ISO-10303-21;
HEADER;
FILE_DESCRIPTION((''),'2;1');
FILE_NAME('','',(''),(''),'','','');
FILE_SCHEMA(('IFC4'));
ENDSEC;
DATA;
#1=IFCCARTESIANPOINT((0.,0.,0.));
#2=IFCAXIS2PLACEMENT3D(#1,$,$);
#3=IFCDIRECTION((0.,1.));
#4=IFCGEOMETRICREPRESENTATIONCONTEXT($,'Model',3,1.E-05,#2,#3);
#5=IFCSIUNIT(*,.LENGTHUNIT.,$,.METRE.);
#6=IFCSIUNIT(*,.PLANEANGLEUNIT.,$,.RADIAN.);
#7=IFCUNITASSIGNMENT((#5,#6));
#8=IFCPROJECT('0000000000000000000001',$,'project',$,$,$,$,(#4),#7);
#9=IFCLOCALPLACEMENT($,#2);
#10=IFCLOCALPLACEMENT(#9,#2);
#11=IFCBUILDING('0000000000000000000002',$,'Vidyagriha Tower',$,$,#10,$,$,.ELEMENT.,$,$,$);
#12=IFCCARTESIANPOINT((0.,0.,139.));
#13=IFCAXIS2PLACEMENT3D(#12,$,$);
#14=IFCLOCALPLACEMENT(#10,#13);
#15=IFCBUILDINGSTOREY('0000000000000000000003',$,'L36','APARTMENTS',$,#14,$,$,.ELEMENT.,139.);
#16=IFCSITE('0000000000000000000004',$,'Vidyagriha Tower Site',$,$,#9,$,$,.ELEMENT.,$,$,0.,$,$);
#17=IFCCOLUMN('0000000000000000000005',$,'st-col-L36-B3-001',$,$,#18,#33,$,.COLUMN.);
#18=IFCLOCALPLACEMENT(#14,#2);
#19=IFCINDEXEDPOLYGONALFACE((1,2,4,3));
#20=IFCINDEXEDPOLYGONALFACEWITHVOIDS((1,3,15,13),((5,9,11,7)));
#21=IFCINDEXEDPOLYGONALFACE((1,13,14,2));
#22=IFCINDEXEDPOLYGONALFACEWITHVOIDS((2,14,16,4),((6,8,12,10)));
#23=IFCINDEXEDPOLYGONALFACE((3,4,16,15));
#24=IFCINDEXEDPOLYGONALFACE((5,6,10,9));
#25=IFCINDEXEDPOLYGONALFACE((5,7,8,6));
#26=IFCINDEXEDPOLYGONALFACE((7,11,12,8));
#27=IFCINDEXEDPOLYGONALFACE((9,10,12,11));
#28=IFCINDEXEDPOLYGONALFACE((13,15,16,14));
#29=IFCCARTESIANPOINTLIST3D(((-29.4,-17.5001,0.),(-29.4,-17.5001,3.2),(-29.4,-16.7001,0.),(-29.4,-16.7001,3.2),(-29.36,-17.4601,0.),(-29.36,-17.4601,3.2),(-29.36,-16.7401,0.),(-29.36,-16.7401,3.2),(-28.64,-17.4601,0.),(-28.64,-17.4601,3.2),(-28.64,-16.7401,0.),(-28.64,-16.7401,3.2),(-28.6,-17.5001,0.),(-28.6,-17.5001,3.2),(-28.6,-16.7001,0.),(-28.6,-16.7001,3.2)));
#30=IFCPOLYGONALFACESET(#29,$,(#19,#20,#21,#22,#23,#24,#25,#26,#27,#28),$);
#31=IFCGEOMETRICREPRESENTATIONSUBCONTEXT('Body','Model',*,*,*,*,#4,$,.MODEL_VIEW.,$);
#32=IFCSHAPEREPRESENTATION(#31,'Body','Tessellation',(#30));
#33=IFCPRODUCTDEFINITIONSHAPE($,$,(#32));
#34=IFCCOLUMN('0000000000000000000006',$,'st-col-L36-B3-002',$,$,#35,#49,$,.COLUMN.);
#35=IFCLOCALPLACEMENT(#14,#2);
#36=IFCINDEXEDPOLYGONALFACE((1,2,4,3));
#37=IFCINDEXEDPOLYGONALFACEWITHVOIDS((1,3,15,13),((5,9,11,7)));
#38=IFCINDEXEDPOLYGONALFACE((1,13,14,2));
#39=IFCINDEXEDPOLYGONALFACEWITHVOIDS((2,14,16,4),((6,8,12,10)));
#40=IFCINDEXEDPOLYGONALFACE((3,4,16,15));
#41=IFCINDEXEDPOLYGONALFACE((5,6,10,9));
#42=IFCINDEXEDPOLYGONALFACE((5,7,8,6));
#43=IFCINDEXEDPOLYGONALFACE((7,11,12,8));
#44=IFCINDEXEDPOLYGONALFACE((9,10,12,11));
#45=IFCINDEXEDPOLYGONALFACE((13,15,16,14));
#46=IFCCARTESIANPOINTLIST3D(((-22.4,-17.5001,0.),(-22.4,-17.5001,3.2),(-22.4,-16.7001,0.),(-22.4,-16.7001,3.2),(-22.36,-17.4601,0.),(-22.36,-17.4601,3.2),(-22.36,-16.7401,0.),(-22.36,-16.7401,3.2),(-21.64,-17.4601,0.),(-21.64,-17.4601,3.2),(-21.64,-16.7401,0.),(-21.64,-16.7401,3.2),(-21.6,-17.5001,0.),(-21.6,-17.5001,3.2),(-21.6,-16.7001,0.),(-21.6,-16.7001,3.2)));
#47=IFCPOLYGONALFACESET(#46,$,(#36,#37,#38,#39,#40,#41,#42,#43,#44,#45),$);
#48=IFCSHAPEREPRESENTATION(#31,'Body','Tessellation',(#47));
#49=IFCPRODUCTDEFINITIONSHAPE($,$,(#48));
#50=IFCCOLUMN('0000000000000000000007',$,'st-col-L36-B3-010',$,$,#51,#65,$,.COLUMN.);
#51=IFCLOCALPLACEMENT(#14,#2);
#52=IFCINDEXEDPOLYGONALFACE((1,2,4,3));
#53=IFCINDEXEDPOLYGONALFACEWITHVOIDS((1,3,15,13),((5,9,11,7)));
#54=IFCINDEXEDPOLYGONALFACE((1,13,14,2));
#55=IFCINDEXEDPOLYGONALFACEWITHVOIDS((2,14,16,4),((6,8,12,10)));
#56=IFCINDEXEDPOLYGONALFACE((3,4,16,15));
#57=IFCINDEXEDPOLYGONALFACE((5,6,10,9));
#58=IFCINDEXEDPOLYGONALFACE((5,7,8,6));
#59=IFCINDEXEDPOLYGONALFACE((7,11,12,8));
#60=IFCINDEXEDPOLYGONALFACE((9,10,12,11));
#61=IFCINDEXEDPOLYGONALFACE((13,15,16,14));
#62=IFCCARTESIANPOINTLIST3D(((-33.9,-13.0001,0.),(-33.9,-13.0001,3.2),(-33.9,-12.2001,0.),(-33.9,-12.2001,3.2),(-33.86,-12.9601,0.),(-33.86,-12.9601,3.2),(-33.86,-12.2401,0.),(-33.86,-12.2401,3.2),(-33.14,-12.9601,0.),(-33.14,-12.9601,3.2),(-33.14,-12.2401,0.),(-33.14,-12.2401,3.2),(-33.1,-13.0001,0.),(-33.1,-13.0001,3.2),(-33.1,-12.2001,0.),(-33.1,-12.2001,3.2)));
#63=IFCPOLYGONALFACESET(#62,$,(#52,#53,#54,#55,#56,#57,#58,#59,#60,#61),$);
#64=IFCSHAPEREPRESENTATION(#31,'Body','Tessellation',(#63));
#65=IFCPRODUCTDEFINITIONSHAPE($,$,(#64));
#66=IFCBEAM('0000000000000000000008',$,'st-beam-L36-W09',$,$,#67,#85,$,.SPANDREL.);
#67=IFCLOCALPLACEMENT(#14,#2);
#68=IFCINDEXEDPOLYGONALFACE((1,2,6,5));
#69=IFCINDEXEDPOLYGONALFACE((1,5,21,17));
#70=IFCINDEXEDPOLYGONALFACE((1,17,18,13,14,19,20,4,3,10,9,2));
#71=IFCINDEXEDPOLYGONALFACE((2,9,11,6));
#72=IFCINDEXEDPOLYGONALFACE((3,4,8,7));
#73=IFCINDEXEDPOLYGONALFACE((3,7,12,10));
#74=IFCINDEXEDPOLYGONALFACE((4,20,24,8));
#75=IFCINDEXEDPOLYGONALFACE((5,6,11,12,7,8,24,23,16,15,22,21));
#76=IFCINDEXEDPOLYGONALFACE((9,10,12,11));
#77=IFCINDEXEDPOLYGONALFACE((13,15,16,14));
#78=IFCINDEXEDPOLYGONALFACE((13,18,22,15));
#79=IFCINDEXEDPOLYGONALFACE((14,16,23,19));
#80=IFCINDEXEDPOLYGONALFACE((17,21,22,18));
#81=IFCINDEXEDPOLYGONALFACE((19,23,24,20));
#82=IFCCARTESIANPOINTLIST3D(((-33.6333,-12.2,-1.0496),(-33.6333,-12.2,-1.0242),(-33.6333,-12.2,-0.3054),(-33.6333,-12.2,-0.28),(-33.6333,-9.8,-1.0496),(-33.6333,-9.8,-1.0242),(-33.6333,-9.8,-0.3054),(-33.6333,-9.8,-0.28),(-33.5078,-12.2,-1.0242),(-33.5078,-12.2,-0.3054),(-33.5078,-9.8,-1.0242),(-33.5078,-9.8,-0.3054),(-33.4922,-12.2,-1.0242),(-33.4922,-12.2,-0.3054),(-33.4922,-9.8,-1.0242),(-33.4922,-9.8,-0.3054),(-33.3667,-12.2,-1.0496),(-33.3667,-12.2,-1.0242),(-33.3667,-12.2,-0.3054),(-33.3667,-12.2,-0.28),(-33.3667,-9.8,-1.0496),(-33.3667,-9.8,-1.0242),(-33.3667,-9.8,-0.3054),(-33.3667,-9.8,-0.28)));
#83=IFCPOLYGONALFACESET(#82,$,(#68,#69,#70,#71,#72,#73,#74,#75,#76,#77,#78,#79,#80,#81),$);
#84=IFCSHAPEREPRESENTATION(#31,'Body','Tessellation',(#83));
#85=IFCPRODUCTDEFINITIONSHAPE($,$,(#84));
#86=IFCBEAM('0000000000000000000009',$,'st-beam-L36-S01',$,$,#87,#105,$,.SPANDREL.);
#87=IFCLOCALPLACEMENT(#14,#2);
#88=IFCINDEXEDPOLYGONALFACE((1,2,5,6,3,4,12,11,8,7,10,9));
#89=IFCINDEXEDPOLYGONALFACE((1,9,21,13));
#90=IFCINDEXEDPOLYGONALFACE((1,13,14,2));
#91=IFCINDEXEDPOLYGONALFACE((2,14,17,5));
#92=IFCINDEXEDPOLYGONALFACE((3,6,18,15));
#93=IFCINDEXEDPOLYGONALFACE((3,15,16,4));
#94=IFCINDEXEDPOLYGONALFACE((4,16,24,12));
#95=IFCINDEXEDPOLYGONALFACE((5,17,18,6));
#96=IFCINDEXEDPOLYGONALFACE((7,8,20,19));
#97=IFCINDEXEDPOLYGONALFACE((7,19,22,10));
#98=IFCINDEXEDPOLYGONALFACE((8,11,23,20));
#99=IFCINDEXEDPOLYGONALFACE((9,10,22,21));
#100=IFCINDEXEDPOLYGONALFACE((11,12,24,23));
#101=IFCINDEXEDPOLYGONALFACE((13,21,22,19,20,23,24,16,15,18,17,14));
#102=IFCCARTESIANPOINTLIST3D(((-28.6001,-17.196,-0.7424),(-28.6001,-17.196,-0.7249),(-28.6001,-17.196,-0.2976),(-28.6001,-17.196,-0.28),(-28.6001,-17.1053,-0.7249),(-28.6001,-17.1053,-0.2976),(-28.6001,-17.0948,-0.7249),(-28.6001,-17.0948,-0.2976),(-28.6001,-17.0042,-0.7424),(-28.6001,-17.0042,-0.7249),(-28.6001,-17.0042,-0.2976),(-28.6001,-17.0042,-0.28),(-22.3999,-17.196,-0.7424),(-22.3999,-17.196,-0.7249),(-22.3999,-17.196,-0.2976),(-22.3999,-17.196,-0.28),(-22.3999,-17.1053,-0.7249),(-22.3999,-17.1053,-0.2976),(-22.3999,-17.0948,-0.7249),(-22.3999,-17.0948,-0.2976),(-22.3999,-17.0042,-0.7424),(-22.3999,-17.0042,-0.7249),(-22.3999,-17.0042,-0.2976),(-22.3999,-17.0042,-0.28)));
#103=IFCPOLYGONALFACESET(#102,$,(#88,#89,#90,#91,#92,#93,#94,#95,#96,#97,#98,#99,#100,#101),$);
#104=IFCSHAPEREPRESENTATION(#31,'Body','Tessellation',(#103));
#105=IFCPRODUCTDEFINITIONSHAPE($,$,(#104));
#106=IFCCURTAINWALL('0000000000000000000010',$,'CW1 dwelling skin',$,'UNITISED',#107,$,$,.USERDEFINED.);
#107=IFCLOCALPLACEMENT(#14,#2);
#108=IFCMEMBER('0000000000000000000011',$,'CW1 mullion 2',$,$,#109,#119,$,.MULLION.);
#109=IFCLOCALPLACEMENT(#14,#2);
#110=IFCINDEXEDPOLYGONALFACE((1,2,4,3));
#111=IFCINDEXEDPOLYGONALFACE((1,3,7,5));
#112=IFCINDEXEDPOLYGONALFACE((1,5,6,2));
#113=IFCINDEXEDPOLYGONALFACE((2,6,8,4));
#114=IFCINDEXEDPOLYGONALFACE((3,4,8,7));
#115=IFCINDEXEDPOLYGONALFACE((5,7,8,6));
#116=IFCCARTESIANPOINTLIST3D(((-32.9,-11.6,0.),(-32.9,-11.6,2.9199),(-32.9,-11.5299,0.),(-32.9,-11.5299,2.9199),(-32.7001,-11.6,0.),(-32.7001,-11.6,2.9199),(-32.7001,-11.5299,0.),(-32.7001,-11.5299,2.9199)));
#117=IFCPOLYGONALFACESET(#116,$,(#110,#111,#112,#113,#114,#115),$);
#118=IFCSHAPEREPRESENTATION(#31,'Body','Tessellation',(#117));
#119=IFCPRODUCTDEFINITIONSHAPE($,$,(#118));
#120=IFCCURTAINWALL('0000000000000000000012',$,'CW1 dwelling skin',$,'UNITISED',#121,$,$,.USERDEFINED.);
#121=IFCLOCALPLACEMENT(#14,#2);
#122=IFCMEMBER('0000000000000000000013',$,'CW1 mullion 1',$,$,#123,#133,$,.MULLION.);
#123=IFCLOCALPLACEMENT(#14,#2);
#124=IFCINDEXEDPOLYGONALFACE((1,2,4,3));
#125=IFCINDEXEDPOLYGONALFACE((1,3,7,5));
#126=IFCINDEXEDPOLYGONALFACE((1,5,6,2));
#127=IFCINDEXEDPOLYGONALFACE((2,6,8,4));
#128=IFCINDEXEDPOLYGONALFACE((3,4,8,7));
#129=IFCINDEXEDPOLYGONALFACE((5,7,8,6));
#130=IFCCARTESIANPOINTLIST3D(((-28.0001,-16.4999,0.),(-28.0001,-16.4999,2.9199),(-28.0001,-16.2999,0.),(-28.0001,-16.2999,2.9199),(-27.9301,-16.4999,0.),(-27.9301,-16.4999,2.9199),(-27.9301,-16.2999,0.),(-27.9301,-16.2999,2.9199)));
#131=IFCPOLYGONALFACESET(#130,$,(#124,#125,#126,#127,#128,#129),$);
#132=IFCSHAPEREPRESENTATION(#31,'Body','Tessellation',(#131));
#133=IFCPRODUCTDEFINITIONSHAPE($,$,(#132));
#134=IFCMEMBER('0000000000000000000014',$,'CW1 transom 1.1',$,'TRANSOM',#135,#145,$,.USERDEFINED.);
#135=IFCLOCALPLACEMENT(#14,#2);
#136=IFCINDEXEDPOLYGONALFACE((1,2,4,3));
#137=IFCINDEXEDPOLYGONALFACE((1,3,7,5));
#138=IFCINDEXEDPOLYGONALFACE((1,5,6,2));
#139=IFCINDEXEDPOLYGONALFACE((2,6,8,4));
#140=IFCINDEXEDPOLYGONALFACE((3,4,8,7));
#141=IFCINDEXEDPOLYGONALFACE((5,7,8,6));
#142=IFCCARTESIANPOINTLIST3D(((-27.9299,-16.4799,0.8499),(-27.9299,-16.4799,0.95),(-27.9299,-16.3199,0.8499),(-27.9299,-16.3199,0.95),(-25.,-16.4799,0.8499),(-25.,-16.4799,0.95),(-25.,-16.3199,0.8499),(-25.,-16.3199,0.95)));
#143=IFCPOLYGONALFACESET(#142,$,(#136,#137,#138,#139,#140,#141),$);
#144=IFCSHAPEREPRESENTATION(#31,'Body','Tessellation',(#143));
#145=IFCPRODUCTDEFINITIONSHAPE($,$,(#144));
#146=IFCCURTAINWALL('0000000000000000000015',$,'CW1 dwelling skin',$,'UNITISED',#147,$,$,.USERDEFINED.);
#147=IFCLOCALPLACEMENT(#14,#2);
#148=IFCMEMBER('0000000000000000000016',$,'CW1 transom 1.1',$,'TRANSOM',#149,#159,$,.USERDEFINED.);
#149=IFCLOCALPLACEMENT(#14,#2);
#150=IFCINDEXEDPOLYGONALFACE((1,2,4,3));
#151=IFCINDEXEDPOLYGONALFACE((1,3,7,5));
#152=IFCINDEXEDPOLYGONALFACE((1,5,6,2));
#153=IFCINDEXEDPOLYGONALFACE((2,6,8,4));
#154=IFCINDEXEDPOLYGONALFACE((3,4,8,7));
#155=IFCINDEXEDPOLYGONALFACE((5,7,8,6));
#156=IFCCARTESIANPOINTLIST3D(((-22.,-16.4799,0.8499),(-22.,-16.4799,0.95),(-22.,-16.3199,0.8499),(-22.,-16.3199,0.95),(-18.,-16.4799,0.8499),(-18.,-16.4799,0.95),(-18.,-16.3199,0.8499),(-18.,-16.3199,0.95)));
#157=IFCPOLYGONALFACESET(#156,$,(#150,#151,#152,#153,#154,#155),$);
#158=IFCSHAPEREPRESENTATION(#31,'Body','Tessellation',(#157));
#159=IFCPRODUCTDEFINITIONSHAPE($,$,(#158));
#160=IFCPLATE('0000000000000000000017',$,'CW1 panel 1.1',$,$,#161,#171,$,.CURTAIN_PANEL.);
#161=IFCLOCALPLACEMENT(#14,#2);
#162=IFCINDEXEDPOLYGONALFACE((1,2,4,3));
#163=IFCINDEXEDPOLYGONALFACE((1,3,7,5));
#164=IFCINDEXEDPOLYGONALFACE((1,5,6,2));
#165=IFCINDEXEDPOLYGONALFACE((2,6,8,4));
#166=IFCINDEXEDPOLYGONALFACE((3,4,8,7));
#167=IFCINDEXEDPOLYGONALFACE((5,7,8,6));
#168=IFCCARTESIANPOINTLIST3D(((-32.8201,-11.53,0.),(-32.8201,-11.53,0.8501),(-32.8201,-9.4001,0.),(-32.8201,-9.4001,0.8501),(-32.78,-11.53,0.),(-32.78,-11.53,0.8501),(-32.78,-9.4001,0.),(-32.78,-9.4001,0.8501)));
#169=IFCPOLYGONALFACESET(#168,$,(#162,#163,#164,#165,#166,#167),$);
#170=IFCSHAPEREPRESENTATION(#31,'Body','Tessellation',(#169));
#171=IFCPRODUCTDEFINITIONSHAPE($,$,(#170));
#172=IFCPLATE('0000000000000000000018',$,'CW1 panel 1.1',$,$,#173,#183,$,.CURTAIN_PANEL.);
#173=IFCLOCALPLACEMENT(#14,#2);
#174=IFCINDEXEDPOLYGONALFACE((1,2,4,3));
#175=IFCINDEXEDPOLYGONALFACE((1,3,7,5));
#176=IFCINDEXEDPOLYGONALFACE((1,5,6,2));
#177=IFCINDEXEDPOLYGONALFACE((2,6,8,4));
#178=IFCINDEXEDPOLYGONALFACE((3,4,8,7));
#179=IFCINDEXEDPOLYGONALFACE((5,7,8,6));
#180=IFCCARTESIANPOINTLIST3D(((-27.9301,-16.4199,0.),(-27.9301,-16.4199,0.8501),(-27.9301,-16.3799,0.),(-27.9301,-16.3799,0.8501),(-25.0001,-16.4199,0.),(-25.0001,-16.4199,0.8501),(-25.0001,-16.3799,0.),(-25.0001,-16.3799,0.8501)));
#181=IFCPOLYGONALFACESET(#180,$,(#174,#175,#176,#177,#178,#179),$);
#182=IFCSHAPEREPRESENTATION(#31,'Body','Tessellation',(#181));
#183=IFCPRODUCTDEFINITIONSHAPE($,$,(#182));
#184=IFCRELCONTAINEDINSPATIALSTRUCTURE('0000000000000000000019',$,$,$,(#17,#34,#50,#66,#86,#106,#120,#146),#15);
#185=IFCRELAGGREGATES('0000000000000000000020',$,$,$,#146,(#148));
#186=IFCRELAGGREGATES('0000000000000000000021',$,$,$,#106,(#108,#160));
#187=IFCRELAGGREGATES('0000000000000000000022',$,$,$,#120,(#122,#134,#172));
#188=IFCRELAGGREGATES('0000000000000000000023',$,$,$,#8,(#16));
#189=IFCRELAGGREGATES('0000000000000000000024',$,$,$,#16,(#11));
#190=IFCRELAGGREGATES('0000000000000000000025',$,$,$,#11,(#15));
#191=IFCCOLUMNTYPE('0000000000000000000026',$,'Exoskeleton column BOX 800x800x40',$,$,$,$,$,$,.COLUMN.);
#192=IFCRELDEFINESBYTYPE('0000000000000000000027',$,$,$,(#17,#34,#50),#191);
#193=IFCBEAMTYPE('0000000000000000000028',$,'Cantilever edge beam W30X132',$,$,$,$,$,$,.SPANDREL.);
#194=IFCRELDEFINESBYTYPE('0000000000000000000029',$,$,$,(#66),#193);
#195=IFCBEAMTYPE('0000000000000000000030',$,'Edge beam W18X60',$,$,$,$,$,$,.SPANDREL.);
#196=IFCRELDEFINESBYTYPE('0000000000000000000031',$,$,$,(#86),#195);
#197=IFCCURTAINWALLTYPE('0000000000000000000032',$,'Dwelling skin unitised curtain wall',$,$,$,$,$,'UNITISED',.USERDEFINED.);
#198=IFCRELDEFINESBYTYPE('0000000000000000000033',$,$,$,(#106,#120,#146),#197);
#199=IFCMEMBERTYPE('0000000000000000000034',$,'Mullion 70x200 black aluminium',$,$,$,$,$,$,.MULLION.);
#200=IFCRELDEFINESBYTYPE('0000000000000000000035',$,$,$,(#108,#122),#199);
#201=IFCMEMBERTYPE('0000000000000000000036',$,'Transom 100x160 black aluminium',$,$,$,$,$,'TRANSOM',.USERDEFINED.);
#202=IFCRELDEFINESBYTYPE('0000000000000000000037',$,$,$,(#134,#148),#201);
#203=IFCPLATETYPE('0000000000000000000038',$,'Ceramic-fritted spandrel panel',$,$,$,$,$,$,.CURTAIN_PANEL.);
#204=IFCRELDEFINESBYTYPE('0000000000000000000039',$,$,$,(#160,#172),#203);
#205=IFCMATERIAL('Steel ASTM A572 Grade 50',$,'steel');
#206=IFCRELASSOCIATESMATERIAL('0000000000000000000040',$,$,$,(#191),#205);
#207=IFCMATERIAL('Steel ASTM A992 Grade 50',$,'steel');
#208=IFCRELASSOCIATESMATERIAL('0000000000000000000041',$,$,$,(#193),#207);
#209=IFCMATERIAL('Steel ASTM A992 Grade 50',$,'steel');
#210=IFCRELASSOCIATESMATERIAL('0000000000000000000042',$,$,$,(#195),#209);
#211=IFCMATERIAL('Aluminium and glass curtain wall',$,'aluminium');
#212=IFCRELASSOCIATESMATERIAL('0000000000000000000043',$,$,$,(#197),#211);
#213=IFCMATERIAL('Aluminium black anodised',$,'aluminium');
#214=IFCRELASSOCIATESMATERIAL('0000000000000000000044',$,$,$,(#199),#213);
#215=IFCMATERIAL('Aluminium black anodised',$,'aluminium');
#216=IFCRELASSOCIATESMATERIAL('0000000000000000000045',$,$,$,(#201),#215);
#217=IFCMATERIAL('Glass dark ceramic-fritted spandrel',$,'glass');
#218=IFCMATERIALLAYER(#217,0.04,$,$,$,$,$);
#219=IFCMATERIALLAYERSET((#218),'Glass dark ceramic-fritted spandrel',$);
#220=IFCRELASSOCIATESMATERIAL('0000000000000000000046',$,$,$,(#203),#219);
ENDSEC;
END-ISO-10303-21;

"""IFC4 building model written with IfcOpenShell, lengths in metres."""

from ifc_helpers import new_model, si_unit, direction, frame, origin, origin_2d, place, context, subcontext, project, spatial, rectangle, hollow_rectangle, i_section, extrude, material, layer, layer_set, material_profile, profile_set, type_object, element, aggregate, save


model = new_model("IFC4")

# Units and contexts
model_context = context("Model", 3, precision=1e-05, world=origin(), true_north=direction((0.0, 1.0)))
body_context = subcontext(model_context, "Body", "Model", "MODEL_VIEW")
ifc_project = project(units=[si_unit("LENGTHUNIT", "METRE"), si_unit("PLANEANGLEUNIT", "RADIAN")], contexts=[model_context])

# Site, building, storey
site_placement = place(None, origin())
site = spatial("IfcSite", under=ifc_project, at=site_placement, Name="Vidyagriha Tower Site", CompositionType="ELEMENT", RefElevation=0.0)
building_placement = place(site_placement, origin())
building = spatial("IfcBuilding", under=site, at=building_placement, Name="Vidyagriha Tower", CompositionType="ELEMENT")
storey_placement = place(building_placement, frame((0.0, 0.0, 139.0)))
storey = spatial("IfcBuildingStorey", under=building, at=storey_placement, Name="L36", Description="APARTMENTS", CompositionType="ELEMENT", Elevation=139.0)

# Columns
ifc_material_1 = material(Name="Steel ASTM A572 Grade 50", Category="steel")
ifc_material_profile_1 = material_profile(ifc_material_1, hollow_rectangle(XDim=0.8, YDim=0.8, WallThickness=0.04, at=origin_2d()), Name="BOX 800x800x40")
ifc_profile_set_1 = profile_set([ifc_material_profile_1], Name="Steel ASTM A572 Grade 50")
column_type = type_object("IfcColumnType", Name="Exoskeleton column BOX 800x800x40", PredefinedType="COLUMN", material=ifc_profile_set_1)
for number, where, name in (
    (1, (-29.0, -17.1001, 0.0), "st-col-L36-B3-001"),
    (2, (-22.0, -17.1001, 0.0), "st-col-L36-B3-002"),
    (3, (-33.5, -12.6001, 0.0), "st-col-L36-B3-010"),
):
    element("IfcColumn", number, at=place(storey_placement, frame(where)), inside=storey, type_object=column_type, Name=name, PredefinedType="COLUMN", context=body_context, shape_type="SweptSolid", body=[
        extrude(hollow_rectangle(XDim=0.8, YDim=0.8, WallThickness=0.04, at=origin_2d()), origin(), (0.0, 0.0, 1.0), 3.2),
    ])

# Beams
ifc_material_2 = material(Name="Steel ASTM A992 Grade 50", Category="steel")
ifc_material_profile_2 = material_profile(ifc_material_2, i_section(OverallWidth=0.2666, OverallDepth=0.7695, WebThickness=0.0156, FlangeThickness=0.0254, at=origin_2d()), Name="W30X132")
ifc_profile_set_2 = profile_set([ifc_material_profile_2], Name="Steel ASTM A992 Grade 50")
beam_type_1 = type_object("IfcBeamType", Name="Cantilever edge beam W30X132", PredefinedType="SPANDREL", material=ifc_profile_set_2)
beam_1_placement = place(storey_placement, frame((-33.5, -12.2, -0.6648), z_axis=(0.0, 1.0, 0.0), x_axis=(-1.0, 0.0, 0.0)))
element("IfcBeam", 4, at=beam_1_placement, inside=storey, type_object=beam_type_1, Name="st-beam-L36-W09", PredefinedType="SPANDREL", context=body_context, shape_type="SweptSolid", body=[
    extrude(i_section(OverallWidth=0.2666, OverallDepth=0.7695, WebThickness=0.0156, FlangeThickness=0.0254, at=origin_2d()), origin(), (0.0, 0.0, 1.0), 2.3999),
])
ifc_material_3 = material(Name="Steel ASTM A992 Grade 50", Category="steel")
ifc_material_profile_3 = material_profile(ifc_material_3, i_section(OverallWidth=0.1919, OverallDepth=0.4624, WebThickness=0.0105, FlangeThickness=0.0176, at=origin_2d()), Name="W18X60")
ifc_profile_set_3 = profile_set([ifc_material_profile_3], Name="Steel ASTM A992 Grade 50")
beam_type_2 = type_object("IfcBeamType", Name="Edge beam W18X60", PredefinedType="SPANDREL", material=ifc_profile_set_3)
beam_2_placement = place(storey_placement, frame((-28.6001, -17.1001, -0.5112), z_axis=(1.0, 0.0, 0.0), x_axis=(0.0, 1.0, 0.0)))
element("IfcBeam", 5, at=beam_2_placement, inside=storey, type_object=beam_type_2, Name="st-beam-L36-S01", PredefinedType="SPANDREL", context=body_context, shape_type="SweptSolid", body=[
    extrude(i_section(OverallWidth=0.1919, OverallDepth=0.4624, WebThickness=0.0105, FlangeThickness=0.0176, at=origin_2d()), origin(), (0.0, 0.0, 1.0), 6.2002),
])

# Curtain wall, member
ifc_material_4 = material(Name="Aluminium and glass curtain wall", Category="aluminium")
curtain_wall_type = type_object("IfcCurtainWallType", Name="Dwelling skin unitised curtain wall", ElementType="UNITISED", PredefinedType="USERDEFINED", material=ifc_material_4)
curtain_wall_1_placement = place(storey_placement, origin())
curtain_wall_1 = element("IfcCurtainWall", 6, at=curtain_wall_1_placement, inside=storey, type_object=curtain_wall_type, Name="CW1 dwelling skin", ObjectType="UNITISED", PredefinedType="USERDEFINED")
ifc_material_5 = material(Name="Aluminium black anodised", Category="aluminium")
ifc_material_profile_4 = material_profile(ifc_material_5, rectangle(XDim=0.2, YDim=0.0701, at=origin_2d()), Name="Mullion 70x200 black aluminium")
ifc_profile_set_4 = profile_set([ifc_material_profile_4], Name="Aluminium black anodised")
member_type_1 = type_object("IfcMemberType", Name="Mullion 70x200 black aluminium", PredefinedType="MULLION", material=ifc_profile_set_4)
member_1_placement = place(storey_placement, frame((-32.8, -11.5649, 0.0)))
member_1 = element("IfcMember", 7, at=member_1_placement, type_object=member_type_1, Name="CW1 mullion 2", PredefinedType="MULLION", context=body_context, shape_type="SweptSolid", body=[
    extrude(rectangle(XDim=0.2, YDim=0.0701, at=origin_2d()), origin(), (0.0, 0.0, 1.0), 2.9199),
])

# Curtain wall, members
curtain_wall_2_placement = place(storey_placement, origin())
curtain_wall_2 = element("IfcCurtainWall", 8, at=curtain_wall_2_placement, inside=storey, type_object=curtain_wall_type, Name="CW1 dwelling skin", ObjectType="UNITISED", PredefinedType="USERDEFINED")
member_2_placement = place(storey_placement, frame((-27.9651, -16.3999, 0.0), z_axis=(0.0, 0.0, 1.0), x_axis=(0.0, 1.0, 0.0)))
member_2 = element("IfcMember", 9, at=member_2_placement, type_object=member_type_1, Name="CW1 mullion 1", PredefinedType="MULLION", context=body_context, shape_type="SweptSolid", body=[
    extrude(rectangle(XDim=0.2, YDim=0.0701, at=origin_2d()), origin(), (0.0, 0.0, 1.0), 2.9199),
])
ifc_material_6 = material(Name="Aluminium black anodised", Category="aluminium")
ifc_material_profile_5 = material_profile(ifc_material_6, rectangle(XDim=0.1599, YDim=0.1001, at=origin_2d()), Name="Transom 100x160 black aluminium")
ifc_profile_set_5 = profile_set([ifc_material_profile_5], Name="Aluminium black anodised")
member_type_2 = type_object("IfcMemberType", Name="Transom 100x160 black aluminium", ElementType="TRANSOM", PredefinedType="USERDEFINED", material=ifc_profile_set_5)
member_3_placement = place(storey_placement, frame((-27.9299, -16.3999, 0.8999), z_axis=(1.0, 0.0, 0.0), x_axis=(0.0, 1.0, 0.0)))
member_3 = element("IfcMember", 10, at=member_3_placement, type_object=member_type_2, Name="CW1 transom 1.1", ObjectType="TRANSOM", PredefinedType="USERDEFINED", context=body_context, shape_type="SweptSolid", body=[
    extrude(rectangle(XDim=0.1599, YDim=0.1001, at=origin_2d()), origin(), (0.0, 0.0, 1.0), 2.9299),
])

# Curtain wall, member
curtain_wall_3_placement = place(storey_placement, origin())
curtain_wall_3 = element("IfcCurtainWall", 11, at=curtain_wall_3_placement, inside=storey, type_object=curtain_wall_type, Name="CW1 dwelling skin", ObjectType="UNITISED", PredefinedType="USERDEFINED")
member_4_placement = place(storey_placement, frame((-22.0, -16.3999, 0.8999), z_axis=(1.0, 0.0, 0.0), x_axis=(0.0, 1.0, 0.0)))
member_4 = element("IfcMember", 12, at=member_4_placement, type_object=member_type_2, Name="CW1 transom 1.1", ObjectType="TRANSOM", PredefinedType="USERDEFINED", context=body_context, shape_type="SweptSolid", body=[
    extrude(rectangle(XDim=0.1599, YDim=0.1001, at=origin_2d()), origin(), (0.0, 0.0, 1.0), 4.0),
])
aggregate(curtain_wall_3, [member_4])

# Plates
ifc_material_7 = material(Name="Glass dark ceramic-fritted spandrel", Category="glass")
ifc_layer_1 = layer(ifc_material_7, 0.04)
ifc_layer_set_1 = layer_set([ifc_layer_1], Name="Glass dark ceramic-fritted spandrel")
plate_type_1 = type_object("IfcPlateType", Name="Ceramic-fritted spandrel panel", PredefinedType="CURTAIN_PANEL", material=ifc_layer_set_1)
plate_1_placement = place(storey_placement, frame((-32.8, -10.4651, 0.0), z_axis=(0.0, 0.0, 1.0), x_axis=(0.0, -1.0, 0.0)))
plate_1 = element("IfcPlate", 13, at=plate_1_placement, type_object=plate_type_1, Name="CW1 panel 1.1", PredefinedType="CURTAIN_PANEL", context=body_context, shape_type="SweptSolid", body=[
    extrude(rectangle(XDim=2.1299, YDim=0.04, at=origin_2d()), origin(), (0.0, 0.0, 1.0), 0.8501),
])
aggregate(curtain_wall_1, [member_1, plate_1])
plate_2_placement = place(storey_placement, frame((-26.4651, -16.3999, 0.0)))
plate_2 = element("IfcPlate", 14, at=plate_2_placement, type_object=plate_type_1, Name="CW1 panel 1.1", PredefinedType="CURTAIN_PANEL", context=body_context, shape_type="SweptSolid", body=[
    extrude(rectangle(XDim=2.9299, YDim=0.04, at=origin_2d()), origin(), (0.0, 0.0, 1.0), 0.8501),
])
aggregate(curtain_wall_2, [member_2, member_3, plate_2])

save(model, "model.ifc")
